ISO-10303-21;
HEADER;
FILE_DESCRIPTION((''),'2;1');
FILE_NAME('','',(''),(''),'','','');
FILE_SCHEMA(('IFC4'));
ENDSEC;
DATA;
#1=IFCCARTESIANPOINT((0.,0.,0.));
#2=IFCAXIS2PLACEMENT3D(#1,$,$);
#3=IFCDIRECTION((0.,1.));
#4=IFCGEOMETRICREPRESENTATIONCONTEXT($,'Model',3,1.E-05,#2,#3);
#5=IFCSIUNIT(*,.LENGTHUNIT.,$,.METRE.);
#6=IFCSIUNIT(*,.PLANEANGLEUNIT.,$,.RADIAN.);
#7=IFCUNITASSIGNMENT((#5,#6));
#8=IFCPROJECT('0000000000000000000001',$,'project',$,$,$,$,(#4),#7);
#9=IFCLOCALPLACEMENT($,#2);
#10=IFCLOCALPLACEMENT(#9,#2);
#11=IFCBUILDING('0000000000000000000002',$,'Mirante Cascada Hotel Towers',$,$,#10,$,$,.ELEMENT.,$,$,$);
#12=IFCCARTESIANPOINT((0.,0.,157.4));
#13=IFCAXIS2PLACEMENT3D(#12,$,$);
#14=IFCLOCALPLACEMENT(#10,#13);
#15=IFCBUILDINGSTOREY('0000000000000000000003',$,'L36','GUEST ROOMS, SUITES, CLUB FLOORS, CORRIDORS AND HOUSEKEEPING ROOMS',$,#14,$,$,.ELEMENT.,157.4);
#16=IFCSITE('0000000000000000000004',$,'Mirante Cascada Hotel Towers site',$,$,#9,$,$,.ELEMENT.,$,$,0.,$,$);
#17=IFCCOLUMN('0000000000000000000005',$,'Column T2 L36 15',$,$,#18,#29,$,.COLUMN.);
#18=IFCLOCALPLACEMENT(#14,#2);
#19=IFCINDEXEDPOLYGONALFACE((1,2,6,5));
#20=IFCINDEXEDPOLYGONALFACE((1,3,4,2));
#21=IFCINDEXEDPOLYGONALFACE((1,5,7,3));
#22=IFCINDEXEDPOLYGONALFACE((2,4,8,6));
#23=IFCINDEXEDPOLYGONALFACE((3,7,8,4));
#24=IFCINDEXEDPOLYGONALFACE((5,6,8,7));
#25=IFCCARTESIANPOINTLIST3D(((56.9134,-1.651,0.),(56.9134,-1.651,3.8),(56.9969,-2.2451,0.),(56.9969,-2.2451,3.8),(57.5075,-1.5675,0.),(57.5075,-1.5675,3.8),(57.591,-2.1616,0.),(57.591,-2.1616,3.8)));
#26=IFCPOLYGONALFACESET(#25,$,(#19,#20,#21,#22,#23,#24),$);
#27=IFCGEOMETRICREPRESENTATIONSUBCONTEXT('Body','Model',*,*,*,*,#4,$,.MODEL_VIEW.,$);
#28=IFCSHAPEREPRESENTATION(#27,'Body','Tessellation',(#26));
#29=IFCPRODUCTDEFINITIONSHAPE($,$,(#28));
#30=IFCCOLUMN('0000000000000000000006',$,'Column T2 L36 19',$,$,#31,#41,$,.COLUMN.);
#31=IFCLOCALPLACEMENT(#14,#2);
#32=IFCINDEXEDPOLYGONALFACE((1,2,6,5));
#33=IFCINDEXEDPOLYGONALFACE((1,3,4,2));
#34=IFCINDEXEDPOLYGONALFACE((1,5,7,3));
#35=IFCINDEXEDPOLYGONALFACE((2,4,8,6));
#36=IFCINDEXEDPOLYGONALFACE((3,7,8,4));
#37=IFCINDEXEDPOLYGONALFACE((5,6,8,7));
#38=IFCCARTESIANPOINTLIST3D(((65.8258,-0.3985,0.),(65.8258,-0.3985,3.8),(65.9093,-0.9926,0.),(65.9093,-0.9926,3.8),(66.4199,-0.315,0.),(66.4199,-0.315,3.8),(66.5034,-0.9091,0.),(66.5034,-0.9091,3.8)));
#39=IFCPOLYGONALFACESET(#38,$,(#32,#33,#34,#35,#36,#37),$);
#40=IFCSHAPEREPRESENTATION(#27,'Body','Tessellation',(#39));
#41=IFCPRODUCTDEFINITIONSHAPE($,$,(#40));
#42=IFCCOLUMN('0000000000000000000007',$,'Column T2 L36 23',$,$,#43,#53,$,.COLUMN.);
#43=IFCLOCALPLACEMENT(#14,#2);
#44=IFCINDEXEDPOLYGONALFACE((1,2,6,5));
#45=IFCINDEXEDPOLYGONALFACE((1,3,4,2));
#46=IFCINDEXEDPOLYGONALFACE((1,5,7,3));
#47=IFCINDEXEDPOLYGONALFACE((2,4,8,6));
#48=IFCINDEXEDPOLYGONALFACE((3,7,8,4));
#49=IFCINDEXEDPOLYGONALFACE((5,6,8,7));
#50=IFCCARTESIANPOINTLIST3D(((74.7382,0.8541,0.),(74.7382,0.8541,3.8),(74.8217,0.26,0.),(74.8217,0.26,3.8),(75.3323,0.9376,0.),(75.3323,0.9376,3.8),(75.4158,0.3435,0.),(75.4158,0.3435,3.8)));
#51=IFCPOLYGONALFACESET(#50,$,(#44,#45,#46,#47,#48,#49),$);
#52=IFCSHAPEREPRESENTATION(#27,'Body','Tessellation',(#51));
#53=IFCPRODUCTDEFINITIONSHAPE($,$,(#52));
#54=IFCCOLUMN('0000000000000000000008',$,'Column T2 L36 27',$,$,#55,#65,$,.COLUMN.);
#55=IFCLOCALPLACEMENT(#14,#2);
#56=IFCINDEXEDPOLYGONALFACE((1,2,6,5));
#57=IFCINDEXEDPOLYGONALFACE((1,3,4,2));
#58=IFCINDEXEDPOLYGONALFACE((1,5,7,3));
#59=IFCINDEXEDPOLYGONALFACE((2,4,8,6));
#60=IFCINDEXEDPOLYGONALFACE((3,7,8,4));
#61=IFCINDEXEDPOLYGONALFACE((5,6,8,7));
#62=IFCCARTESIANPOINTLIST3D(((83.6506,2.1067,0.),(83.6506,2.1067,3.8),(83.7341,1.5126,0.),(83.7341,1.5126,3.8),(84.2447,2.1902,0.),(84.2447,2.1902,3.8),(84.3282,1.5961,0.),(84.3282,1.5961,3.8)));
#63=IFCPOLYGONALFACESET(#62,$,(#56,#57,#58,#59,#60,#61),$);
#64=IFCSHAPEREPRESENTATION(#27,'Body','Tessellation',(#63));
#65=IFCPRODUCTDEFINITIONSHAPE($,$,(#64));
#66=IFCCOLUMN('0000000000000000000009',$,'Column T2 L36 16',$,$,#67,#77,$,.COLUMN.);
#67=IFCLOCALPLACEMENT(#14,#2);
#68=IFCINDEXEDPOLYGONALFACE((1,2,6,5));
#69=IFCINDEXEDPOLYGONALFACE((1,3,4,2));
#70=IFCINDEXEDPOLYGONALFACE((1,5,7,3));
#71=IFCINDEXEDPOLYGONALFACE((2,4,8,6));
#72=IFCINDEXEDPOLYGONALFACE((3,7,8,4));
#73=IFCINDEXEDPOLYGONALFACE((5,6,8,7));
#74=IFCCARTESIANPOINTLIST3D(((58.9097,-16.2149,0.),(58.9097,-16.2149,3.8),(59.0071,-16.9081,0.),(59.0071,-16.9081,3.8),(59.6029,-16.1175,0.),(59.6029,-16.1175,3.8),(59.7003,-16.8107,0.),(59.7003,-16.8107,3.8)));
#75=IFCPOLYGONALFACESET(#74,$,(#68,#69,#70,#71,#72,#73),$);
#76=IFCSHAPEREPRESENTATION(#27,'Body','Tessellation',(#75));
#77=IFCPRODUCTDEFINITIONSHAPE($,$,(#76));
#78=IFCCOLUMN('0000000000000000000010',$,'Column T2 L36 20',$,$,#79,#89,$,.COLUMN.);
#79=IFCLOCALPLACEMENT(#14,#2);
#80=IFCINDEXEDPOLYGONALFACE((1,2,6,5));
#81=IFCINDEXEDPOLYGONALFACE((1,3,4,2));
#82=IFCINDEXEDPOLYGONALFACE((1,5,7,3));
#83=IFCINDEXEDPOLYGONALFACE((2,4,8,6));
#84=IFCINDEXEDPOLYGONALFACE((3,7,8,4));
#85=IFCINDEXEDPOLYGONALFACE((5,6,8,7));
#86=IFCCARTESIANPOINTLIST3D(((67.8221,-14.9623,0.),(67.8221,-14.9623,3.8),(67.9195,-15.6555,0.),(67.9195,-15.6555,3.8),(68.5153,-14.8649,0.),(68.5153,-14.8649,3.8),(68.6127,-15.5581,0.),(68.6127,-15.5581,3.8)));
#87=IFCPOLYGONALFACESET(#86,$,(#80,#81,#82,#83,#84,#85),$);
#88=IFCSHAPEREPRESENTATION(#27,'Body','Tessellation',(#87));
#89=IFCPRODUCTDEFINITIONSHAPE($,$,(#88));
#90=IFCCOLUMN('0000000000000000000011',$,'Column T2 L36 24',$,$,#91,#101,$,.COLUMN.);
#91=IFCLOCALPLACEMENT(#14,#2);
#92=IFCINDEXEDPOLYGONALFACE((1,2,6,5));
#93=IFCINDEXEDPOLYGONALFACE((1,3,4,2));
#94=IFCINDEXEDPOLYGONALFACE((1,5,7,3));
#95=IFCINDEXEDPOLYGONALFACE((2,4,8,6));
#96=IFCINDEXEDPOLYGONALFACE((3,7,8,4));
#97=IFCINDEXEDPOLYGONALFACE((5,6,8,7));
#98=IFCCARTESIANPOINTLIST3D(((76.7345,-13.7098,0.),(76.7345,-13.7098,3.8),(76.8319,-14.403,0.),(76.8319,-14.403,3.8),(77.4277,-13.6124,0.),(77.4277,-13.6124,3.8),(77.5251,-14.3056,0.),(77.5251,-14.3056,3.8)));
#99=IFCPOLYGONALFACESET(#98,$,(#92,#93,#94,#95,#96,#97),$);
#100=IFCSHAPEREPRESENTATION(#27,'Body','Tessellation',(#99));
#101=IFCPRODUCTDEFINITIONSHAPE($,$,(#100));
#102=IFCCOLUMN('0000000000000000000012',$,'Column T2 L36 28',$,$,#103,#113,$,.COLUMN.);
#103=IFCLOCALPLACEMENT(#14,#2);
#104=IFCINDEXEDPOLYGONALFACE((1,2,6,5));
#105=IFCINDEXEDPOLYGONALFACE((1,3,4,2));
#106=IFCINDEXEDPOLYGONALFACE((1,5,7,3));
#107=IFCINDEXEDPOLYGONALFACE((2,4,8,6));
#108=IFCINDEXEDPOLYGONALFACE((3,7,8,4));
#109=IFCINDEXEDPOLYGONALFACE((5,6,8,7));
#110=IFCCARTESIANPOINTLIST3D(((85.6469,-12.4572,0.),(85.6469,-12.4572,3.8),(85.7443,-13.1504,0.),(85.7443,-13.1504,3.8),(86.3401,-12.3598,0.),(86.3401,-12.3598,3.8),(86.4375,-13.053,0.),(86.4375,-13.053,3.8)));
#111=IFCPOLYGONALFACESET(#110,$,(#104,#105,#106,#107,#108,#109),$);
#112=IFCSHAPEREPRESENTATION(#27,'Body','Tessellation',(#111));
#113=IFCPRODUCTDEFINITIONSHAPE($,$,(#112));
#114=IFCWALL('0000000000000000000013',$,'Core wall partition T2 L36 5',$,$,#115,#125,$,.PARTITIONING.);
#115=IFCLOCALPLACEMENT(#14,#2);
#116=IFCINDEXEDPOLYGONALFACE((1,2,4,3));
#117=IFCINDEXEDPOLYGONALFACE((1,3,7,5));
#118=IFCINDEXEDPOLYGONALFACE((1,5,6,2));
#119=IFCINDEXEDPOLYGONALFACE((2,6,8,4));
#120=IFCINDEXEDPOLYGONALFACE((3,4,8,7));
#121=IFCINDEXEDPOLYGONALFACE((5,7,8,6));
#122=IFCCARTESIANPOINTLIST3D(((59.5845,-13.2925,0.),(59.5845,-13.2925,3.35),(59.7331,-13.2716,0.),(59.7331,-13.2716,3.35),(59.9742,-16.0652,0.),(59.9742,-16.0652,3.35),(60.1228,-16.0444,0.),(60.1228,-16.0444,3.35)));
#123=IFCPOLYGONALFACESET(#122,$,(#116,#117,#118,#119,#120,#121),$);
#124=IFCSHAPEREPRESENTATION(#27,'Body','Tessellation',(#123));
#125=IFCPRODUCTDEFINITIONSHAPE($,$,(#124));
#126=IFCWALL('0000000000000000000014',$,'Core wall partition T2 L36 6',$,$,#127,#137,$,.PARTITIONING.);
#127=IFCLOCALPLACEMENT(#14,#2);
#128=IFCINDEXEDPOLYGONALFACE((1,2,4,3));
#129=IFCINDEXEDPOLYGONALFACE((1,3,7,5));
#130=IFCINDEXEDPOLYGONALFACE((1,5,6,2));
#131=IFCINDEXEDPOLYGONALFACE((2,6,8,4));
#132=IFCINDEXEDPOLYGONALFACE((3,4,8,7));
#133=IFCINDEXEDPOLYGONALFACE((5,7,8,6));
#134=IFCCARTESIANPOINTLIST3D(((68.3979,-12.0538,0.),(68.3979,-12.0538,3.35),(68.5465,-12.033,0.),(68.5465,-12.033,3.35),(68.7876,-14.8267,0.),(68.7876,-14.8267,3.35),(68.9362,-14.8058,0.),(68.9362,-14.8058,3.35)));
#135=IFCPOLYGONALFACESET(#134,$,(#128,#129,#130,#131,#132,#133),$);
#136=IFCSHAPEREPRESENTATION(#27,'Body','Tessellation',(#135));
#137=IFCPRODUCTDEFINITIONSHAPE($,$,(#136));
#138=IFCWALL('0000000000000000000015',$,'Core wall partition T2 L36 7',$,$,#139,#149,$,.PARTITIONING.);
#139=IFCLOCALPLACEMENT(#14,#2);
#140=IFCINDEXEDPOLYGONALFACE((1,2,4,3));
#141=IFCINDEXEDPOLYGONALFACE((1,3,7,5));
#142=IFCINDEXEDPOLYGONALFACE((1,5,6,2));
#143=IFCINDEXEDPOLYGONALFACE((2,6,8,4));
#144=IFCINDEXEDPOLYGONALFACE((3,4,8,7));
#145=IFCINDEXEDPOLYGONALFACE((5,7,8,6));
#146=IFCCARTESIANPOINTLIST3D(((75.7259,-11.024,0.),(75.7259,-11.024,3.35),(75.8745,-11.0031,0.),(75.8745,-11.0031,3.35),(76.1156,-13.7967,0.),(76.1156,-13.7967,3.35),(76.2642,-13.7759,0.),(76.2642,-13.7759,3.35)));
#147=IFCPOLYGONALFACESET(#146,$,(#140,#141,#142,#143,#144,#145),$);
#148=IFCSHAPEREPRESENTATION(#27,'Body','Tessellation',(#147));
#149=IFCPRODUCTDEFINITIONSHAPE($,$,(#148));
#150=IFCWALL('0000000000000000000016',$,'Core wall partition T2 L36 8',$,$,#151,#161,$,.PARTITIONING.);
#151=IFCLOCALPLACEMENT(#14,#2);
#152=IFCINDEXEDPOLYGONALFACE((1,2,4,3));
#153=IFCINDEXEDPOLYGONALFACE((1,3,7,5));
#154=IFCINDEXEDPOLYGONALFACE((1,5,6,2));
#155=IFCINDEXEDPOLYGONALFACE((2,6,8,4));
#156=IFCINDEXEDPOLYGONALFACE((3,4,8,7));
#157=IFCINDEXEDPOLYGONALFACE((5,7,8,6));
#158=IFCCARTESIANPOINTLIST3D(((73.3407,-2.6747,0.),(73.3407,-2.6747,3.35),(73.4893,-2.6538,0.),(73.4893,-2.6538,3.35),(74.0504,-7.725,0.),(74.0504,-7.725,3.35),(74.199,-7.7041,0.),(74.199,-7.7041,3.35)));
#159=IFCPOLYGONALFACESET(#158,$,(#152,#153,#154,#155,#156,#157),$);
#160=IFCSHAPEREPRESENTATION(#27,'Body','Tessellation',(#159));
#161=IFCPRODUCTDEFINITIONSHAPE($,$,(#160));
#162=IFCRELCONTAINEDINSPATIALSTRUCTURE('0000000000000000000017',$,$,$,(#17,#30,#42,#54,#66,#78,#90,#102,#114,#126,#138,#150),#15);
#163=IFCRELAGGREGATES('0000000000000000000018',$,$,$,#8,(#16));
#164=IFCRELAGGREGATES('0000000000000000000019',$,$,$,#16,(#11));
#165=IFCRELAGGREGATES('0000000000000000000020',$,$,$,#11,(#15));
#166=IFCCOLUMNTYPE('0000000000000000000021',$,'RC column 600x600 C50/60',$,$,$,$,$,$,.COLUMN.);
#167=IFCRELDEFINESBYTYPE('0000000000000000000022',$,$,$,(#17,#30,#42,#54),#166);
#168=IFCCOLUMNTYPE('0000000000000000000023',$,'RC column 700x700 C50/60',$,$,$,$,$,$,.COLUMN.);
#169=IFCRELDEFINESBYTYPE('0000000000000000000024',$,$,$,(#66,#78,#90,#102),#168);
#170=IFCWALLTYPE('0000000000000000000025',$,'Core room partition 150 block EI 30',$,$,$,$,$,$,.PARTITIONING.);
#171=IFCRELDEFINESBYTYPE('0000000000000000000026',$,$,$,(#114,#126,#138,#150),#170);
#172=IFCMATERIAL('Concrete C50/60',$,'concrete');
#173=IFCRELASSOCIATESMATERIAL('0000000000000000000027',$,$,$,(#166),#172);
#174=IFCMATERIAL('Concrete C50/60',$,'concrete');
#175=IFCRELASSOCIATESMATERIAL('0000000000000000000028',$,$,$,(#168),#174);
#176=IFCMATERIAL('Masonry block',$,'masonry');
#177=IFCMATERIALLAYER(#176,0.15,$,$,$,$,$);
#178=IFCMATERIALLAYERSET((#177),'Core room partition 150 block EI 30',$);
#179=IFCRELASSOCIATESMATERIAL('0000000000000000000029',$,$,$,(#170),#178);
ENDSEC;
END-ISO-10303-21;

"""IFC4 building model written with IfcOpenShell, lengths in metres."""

from ifc_helpers import new_model, si_unit, direction, frame, frame_2d, origin, origin_2d, place, context, subcontext, project, spatial, rectangle, extrude, material, layer, layer_set, material_profile, profile_set, type_object, element, save


model = new_model("IFC4")

# Units and contexts
model_context = context("Model", 3, precision=1e-05, world=origin(), true_north=direction((0.0, 1.0)))
body_context = subcontext(model_context, "Body", "Model", "MODEL_VIEW")
ifc_project = project(units=[si_unit("LENGTHUNIT", "METRE"), si_unit("PLANEANGLEUNIT", "RADIAN")], contexts=[model_context])

# Site, building, storey
site_placement = place(None, origin())
site = spatial("IfcSite", under=ifc_project, at=site_placement, Name="Mirante Cascada Hotel Towers site", CompositionType="ELEMENT", RefElevation=0.0)
building_placement = place(site_placement, origin())
building = spatial("IfcBuilding", under=site, at=building_placement, Name="Mirante Cascada Hotel Towers", CompositionType="ELEMENT")
storey_placement = place(building_placement, frame((0.0, 0.0, 157.4)))
storey = spatial("IfcBuildingStorey", under=building, at=storey_placement, Name="L36", Description="GUEST ROOMS, SUITES, CLUB FLOORS, CORRIDORS AND HOUSEKEEPING ROOMS", CompositionType="ELEMENT", Elevation=157.4)

# Columns
ifc_material_1 = material(Name="Concrete C50/60", Category="concrete")
ifc_material_profile_1 = material_profile(ifc_material_1, rectangle(XDim=0.6, YDim=0.6, at=origin_2d()), Name="RC column 600x600 C50/60")
ifc_profile_set_1 = profile_set([ifc_material_profile_1], Name="Concrete C50/60")
column_type_1 = type_object("IfcColumnType", Name="RC column 600x600 C50/60", PredefinedType="COLUMN", material=ifc_profile_set_1)
for number, where, z_axis, x_axis, name in (
    (1, (57.2522, -1.9063, 0.0), (0.0, 0.0, 1.0), (0.990268, 0.139173, 0.0), "Column T2 L36 15"),
    (2, (66.1646, -0.6538, 0.0), (0.0, 0.0, 1.0), (0.990268, 0.139173, 0.0), "Column T2 L36 19"),
    (3, (75.077, 0.5988, 0.0), (0.0, 0.0, 1.0), (0.990268, 0.139173, 0.0), "Column T2 L36 23"),
    (4, (83.9894, 1.8514, 0.0), (0.0, 0.0, 1.0), (0.990268, 0.139173, 0.0), "Column T2 L36 27"),
):
    element("IfcColumn", number, at=place(storey_placement, frame(where, z_axis=z_axis, x_axis=x_axis)), inside=storey, type_object=column_type_1, Name=name, PredefinedType="COLUMN", context=body_context, shape_type="SweptSolid", body=[
        extrude(rectangle(XDim=0.6, YDim=0.6, at=origin_2d()), origin(), (0.0, 0.0, 1.0), 3.8),
    ])
ifc_material_2 = material(Name="Concrete C50/60", Category="concrete")
ifc_material_profile_2 = material_profile(ifc_material_2, rectangle(XDim=0.7, YDim=0.7, at=origin_2d()), Name="RC column 700x700 C50/60")
ifc_profile_set_2 = profile_set([ifc_material_profile_2], Name="Concrete C50/60")
column_type_2 = type_object("IfcColumnType", Name="RC column 700x700 C50/60", PredefinedType="COLUMN", material=ifc_profile_set_2)
for number, where, z_axis, x_axis, name in (
    (5, (59.305, -16.5128, 0.0), (0.0, 0.0, 1.0), (0.990268, 0.139173, 0.0), "Column T2 L36 16"),
    (6, (68.2174, -15.2602, 0.0), (0.0, 0.0, 1.0), (0.990268, 0.139173, 0.0), "Column T2 L36 20"),
    (7, (77.1298, -14.0077, 0.0), (0.0, 0.0, 1.0), (0.990268, 0.139173, 0.0), "Column T2 L36 24"),
    (8, (86.0422, -12.7551, 0.0), (0.0, 0.0, 1.0), (0.990268, 0.139173, 0.0), "Column T2 L36 28"),
):
    element("IfcColumn", number, at=place(storey_placement, frame(where, z_axis=z_axis, x_axis=x_axis)), inside=storey, type_object=column_type_2, Name=name, PredefinedType="COLUMN", context=body_context, shape_type="SweptSolid", body=[
        extrude(rectangle(XDim=0.7, YDim=0.7, at=origin_2d()), origin(), (0.0, 0.0, 1.0), 3.8),
    ])

# Walls
ifc_material_3 = material(Name="Masonry block", Category="masonry")
ifc_layer_1 = layer(ifc_material_3, 0.15)
ifc_layer_set_1 = layer_set([ifc_layer_1], Name="Core room partition 150 block EI 30")
wall_type_1 = type_object("IfcWallType", Name="Core room partition 150 block EI 30", PredefinedType="PARTITIONING", material=ifc_layer_set_1)
wall_1_placement = place(storey_placement, frame((60.0485, -16.0548, 0.0), z_axis=(0.0, 0.0, 1.0), x_axis=(-0.139181, 0.990267, 0.0)))
element("IfcWall", 9, at=wall_1_placement, inside=storey, type_object=wall_type_1, Name="Core wall partition T2 L36 5", PredefinedType="PARTITIONING", context=body_context, shape_type="SweptSolid", body=[
    extrude(rectangle(XDim=2.8, YDim=0.15, at=frame_2d((1.4, 0.0))), origin(), (0.0, 0.0, 1.0), 3.35),
])
wall_2_placement = place(storey_placement, frame((68.8619, -14.8162, 0.0), z_axis=(0.0, 0.0, 1.0), x_axis=(-0.139176, 0.990268, 0.0)))
element("IfcWall", 10, at=wall_2_placement, inside=storey, type_object=wall_type_1, Name="Core wall partition T2 L36 6", PredefinedType="PARTITIONING", context=body_context, shape_type="SweptSolid", body=[
    extrude(rectangle(XDim=2.8001, YDim=0.15, at=frame_2d((1.4, 0.0))), origin(), (0.0, 0.0, 1.0), 3.35),
])
wall_3_placement = place(storey_placement, frame((76.1899, -13.7863, 0.0), z_axis=(0.0, 0.0, 1.0), x_axis=(-0.139181, 0.990267, 0.0)))
element("IfcWall", 11, at=wall_3_placement, inside=storey, type_object=wall_type_1, Name="Core wall partition T2 L36 7", PredefinedType="PARTITIONING", context=body_context, shape_type="SweptSolid", body=[
    extrude(rectangle(XDim=2.8, YDim=0.15, at=frame_2d((1.4, 0.0))), origin(), (0.0, 0.0, 1.0), 3.35),
])
wall_4_placement = place(storey_placement, frame((74.1247, -7.7146, 0.0), z_axis=(0.0, 0.0, 1.0), x_axis=(-0.139159, 0.99027, 0.0)))
element("IfcWall", 12, at=wall_4_placement, inside=storey, type_object=wall_type_1, Name="Core wall partition T2 L36 8", PredefinedType="PARTITIONING", context=body_context, shape_type="SweptSolid", body=[
    extrude(rectangle(XDim=5.0999, YDim=0.15, at=frame_2d((2.55, 0.0))), origin(), (0.0, 0.0, 1.0), 3.35),
])

save(model, "model.ifc")
